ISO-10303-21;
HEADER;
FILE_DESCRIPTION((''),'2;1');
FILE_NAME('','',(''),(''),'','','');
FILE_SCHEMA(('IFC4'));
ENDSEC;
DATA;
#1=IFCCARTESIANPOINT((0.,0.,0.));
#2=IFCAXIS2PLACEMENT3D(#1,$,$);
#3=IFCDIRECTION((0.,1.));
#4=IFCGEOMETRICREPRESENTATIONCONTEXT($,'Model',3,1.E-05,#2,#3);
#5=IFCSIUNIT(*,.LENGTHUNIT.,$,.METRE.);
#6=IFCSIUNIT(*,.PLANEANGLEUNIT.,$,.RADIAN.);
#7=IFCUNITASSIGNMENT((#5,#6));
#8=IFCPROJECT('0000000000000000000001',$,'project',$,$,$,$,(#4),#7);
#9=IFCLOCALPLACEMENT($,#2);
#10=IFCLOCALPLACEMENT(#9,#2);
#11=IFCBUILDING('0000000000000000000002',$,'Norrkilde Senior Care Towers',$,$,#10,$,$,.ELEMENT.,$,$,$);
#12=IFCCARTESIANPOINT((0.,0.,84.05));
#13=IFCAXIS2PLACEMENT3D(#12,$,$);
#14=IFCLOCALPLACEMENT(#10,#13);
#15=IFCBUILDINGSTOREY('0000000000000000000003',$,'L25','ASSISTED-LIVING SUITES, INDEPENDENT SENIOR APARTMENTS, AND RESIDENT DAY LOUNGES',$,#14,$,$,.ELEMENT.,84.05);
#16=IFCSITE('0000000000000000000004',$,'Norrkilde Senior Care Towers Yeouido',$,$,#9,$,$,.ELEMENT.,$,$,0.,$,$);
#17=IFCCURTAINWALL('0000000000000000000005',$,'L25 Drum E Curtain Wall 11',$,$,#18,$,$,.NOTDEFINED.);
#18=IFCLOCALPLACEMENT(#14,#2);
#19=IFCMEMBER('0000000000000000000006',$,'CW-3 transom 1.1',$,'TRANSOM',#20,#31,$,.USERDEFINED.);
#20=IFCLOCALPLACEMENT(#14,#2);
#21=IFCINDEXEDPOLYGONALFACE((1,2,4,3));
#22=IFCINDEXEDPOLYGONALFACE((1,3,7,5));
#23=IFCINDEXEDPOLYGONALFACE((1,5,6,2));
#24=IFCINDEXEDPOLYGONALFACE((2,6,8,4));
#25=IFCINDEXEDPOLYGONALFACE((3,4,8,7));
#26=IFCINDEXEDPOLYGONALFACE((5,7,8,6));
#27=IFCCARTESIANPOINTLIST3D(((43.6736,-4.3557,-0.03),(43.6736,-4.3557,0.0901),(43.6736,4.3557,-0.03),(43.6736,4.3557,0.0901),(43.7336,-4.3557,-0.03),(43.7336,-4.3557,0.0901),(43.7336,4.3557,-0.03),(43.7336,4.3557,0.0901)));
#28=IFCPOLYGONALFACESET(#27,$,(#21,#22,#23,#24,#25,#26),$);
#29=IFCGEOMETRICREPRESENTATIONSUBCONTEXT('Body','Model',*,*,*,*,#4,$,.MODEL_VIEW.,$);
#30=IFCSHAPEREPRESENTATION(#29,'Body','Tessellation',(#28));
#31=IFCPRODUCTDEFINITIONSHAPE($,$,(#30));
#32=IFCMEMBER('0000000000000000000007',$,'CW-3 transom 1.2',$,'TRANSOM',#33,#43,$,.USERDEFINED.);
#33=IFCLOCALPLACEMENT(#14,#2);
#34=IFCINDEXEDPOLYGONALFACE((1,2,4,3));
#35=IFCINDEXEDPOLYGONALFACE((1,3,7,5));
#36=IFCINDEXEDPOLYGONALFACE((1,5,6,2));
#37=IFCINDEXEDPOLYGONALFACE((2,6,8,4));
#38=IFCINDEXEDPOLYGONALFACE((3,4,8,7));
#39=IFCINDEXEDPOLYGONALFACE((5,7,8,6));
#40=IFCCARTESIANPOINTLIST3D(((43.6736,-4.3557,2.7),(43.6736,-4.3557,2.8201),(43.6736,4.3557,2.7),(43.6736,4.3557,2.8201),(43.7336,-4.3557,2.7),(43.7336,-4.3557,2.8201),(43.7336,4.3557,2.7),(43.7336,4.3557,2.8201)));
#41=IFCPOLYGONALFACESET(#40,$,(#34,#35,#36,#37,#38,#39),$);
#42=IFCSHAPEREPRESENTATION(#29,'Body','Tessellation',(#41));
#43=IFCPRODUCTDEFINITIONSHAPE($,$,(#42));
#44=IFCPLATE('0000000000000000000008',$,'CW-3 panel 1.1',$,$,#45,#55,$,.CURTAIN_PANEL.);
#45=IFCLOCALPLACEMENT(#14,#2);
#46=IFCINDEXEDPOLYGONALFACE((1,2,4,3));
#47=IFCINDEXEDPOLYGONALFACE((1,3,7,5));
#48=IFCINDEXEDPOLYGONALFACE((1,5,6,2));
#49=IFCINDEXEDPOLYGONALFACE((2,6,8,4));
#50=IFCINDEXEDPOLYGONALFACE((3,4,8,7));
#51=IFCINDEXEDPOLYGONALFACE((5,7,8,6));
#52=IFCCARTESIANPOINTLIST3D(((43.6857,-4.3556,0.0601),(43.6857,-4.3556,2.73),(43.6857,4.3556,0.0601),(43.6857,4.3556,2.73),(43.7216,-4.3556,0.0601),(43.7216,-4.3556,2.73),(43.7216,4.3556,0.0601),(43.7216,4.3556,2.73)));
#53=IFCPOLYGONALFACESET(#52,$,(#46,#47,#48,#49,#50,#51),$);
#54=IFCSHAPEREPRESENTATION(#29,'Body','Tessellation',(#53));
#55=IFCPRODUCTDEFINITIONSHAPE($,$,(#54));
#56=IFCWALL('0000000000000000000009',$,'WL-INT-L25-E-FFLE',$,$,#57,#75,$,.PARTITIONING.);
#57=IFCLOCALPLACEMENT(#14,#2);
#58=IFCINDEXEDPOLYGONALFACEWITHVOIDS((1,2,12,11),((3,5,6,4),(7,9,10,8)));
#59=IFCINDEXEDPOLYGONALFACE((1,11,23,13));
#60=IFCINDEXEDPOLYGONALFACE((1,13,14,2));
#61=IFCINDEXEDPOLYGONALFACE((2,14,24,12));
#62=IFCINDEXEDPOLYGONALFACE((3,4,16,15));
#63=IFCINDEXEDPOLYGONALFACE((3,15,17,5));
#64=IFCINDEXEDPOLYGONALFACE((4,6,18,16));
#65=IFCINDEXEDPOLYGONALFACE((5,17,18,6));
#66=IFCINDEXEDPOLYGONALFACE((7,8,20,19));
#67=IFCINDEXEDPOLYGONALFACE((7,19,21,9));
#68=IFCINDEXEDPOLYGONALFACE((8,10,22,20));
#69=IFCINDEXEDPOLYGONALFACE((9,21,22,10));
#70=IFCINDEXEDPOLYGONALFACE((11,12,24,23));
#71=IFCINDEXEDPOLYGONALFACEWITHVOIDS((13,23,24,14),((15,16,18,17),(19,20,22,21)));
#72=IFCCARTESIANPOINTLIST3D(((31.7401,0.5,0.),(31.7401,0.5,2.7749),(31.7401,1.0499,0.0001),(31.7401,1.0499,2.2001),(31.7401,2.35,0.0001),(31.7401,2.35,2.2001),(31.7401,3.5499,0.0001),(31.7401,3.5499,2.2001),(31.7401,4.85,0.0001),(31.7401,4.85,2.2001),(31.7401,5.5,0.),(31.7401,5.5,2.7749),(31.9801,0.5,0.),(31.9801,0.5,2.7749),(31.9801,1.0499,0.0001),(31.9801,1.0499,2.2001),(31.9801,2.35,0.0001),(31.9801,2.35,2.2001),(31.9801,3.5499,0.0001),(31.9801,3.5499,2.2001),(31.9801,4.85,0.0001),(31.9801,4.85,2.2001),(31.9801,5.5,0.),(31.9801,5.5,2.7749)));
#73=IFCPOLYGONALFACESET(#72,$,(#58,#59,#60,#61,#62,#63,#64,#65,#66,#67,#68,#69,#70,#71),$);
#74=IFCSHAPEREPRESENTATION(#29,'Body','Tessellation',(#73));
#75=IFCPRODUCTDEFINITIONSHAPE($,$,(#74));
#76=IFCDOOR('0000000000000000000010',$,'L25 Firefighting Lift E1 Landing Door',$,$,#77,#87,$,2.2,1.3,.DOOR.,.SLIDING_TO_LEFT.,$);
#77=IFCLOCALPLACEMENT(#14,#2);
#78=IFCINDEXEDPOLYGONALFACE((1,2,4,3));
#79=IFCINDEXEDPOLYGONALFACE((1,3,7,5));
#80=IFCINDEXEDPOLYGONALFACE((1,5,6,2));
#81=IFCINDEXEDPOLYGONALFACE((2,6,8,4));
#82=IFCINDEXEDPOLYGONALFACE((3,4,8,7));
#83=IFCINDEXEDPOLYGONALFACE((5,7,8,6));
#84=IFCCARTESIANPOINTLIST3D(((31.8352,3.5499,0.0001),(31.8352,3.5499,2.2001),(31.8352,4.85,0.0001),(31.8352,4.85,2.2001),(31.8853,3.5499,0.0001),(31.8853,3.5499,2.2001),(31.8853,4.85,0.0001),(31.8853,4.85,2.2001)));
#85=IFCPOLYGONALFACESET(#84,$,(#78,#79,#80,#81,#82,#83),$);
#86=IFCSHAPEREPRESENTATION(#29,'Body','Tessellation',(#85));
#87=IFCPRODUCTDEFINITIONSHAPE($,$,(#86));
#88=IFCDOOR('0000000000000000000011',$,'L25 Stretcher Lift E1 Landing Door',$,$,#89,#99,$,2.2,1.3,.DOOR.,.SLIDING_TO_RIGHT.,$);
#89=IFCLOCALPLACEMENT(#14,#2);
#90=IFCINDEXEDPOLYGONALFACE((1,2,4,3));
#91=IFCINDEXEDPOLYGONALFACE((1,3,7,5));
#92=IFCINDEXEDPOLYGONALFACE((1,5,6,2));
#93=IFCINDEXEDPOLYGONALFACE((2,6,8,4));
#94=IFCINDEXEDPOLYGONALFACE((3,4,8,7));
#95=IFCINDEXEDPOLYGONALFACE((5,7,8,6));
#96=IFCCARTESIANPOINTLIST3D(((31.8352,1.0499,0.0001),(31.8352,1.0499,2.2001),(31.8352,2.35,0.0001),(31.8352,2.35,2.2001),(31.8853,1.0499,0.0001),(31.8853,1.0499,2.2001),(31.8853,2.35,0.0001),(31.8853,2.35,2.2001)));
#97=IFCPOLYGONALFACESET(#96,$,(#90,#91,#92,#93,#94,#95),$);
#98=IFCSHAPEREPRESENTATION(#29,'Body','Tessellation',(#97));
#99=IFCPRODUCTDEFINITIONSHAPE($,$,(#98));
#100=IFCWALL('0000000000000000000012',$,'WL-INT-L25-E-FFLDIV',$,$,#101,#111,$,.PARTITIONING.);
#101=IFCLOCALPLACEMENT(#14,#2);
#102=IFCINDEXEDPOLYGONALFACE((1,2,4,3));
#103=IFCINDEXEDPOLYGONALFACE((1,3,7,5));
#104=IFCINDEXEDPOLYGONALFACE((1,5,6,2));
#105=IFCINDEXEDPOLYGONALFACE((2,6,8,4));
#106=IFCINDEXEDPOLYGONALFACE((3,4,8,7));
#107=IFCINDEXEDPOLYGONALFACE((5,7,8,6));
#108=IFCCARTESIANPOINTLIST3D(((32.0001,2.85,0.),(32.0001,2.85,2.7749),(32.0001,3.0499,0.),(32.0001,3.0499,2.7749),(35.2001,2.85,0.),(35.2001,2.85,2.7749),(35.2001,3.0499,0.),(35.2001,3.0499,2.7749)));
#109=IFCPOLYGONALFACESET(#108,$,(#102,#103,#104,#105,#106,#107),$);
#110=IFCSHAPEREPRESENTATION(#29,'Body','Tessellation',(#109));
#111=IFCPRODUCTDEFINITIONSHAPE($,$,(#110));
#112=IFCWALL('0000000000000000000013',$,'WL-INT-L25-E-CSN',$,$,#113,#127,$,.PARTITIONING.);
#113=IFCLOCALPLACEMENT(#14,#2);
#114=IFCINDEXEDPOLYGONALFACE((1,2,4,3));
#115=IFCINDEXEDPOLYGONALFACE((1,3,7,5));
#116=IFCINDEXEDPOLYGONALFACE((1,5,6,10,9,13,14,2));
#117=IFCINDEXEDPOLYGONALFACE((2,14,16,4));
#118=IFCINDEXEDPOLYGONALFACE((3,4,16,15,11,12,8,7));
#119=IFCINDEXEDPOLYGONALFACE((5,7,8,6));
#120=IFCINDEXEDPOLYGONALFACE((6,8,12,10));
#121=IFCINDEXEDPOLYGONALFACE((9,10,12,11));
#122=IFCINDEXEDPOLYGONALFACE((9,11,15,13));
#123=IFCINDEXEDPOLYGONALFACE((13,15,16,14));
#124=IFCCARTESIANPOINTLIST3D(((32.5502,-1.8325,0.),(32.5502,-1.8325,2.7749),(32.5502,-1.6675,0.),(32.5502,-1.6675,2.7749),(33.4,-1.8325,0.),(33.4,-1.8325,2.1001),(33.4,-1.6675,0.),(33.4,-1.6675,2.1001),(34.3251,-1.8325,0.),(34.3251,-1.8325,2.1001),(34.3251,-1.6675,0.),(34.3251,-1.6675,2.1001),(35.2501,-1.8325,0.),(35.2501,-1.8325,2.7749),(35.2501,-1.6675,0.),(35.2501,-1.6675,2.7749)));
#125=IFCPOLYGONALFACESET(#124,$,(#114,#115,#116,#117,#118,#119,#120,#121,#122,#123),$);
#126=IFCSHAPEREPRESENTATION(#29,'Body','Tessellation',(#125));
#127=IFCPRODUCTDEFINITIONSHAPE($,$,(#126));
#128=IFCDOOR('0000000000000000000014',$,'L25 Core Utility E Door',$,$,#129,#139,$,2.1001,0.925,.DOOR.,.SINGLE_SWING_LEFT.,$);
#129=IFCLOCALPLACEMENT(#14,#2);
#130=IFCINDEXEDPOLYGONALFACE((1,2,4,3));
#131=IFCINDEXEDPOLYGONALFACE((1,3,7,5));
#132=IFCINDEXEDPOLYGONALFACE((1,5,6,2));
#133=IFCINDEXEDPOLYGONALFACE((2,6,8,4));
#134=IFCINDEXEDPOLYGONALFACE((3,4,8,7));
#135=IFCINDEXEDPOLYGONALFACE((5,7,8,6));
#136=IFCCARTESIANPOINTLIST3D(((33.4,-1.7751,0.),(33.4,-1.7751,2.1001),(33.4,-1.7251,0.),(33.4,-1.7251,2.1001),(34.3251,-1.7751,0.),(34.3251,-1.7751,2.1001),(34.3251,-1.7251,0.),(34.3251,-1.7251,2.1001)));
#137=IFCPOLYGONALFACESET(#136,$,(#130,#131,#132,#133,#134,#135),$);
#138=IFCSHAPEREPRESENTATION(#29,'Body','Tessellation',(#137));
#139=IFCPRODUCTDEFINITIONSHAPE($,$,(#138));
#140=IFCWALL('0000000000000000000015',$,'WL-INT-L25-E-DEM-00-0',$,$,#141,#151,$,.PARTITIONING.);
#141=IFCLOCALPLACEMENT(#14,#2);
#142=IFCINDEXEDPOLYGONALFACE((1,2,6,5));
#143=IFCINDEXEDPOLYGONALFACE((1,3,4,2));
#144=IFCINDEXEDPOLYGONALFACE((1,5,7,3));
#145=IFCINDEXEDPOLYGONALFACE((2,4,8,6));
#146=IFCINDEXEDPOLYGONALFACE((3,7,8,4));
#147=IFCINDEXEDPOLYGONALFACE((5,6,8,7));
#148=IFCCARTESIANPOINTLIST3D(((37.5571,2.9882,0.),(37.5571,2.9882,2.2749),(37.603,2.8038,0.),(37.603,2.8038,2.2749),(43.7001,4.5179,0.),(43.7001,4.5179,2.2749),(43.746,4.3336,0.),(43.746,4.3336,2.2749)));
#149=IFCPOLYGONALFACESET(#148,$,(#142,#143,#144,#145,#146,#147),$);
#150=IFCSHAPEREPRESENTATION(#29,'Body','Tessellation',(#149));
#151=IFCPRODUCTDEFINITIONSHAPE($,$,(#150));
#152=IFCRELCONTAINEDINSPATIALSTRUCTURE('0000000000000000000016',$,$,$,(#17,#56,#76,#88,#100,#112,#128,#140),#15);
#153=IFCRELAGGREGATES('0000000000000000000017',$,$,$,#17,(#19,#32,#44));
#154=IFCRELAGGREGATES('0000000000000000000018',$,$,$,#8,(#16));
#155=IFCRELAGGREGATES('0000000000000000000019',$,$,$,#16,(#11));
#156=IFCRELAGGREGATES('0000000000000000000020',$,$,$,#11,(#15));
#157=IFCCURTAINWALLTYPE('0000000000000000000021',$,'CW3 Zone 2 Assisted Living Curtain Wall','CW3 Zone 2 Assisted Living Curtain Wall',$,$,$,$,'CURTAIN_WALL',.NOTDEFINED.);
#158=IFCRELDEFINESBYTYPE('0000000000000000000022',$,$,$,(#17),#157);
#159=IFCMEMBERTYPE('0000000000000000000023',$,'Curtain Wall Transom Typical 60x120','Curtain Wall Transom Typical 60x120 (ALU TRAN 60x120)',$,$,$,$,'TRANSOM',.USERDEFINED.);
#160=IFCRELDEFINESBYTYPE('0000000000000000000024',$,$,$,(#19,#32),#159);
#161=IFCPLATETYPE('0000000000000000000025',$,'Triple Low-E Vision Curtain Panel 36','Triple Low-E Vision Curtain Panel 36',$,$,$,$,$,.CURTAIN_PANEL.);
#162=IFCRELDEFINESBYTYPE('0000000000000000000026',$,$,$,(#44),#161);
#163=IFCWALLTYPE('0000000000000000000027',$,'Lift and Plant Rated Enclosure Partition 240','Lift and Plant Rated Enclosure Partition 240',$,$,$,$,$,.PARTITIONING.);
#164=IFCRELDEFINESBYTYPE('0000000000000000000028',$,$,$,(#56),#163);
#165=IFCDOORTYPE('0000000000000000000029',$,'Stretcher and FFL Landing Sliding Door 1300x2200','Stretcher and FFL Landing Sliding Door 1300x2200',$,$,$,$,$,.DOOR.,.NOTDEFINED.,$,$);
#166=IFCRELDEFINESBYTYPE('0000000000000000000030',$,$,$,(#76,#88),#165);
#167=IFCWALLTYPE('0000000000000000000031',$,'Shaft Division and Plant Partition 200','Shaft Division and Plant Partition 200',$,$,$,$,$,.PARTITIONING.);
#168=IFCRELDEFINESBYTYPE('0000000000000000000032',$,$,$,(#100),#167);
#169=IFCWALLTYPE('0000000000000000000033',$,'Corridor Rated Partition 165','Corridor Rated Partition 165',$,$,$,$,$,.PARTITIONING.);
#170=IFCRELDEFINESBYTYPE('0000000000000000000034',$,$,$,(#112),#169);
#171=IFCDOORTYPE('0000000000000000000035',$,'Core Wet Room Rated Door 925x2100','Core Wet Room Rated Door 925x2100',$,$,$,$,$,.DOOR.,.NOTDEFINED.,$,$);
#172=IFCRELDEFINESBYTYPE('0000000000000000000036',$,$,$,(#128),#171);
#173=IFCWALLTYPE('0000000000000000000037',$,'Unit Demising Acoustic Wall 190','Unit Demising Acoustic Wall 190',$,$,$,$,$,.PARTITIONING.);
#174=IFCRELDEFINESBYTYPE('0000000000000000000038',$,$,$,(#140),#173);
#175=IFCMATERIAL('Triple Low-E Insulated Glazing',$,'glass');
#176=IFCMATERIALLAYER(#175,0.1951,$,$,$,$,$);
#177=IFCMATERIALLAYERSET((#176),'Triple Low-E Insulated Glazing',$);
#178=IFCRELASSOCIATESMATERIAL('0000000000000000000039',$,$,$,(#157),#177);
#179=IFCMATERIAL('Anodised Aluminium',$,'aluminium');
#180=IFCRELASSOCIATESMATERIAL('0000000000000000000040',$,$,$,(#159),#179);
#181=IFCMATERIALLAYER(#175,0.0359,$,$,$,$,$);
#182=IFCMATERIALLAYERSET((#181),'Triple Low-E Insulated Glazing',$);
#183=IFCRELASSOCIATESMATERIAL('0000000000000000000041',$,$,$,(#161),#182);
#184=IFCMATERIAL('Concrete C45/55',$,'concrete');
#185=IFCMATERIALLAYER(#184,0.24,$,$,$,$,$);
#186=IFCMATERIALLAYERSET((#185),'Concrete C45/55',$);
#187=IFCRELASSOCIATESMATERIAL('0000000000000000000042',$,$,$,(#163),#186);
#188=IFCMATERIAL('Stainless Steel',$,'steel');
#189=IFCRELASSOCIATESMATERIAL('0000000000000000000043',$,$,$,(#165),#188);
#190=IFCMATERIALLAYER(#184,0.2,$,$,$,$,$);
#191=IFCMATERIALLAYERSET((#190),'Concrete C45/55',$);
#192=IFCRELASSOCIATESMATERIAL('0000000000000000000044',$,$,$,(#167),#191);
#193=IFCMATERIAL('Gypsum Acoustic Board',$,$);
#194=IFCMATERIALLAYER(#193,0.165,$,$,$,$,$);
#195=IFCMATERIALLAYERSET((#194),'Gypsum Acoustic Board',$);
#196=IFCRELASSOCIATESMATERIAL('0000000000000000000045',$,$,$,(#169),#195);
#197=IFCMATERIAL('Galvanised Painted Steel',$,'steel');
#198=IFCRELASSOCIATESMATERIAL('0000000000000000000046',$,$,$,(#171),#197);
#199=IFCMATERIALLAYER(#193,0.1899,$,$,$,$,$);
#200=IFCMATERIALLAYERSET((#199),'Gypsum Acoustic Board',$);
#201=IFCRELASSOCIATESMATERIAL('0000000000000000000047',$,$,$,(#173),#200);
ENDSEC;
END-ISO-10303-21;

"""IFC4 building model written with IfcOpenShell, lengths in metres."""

from ifc_helpers import new_model, si_unit, direction, frame, frame_2d, origin, origin_2d, place, context, subcontext, project, spatial, rectangle, extrude, source, transform, mapped, material, layer, layer_set, material_profile, profile_set, type_object, type_shapes, element, fill, aggregate, save


model = new_model("IFC4")

# Units and contexts
model_context = context("Model", 3, precision=1e-05, world=origin(), true_north=direction((0.0, 1.0)))
body_context = subcontext(model_context, "Body", "Model", "MODEL_VIEW")
ifc_project = project(units=[si_unit("LENGTHUNIT", "METRE"), si_unit("PLANEANGLEUNIT", "RADIAN")], contexts=[model_context])

# Site, building, storey
site_placement = place(None, origin())
site = spatial("IfcSite", under=ifc_project, at=site_placement, Name="Norrkilde Senior Care Towers Yeouido", CompositionType="ELEMENT", RefElevation=0.0)
building_placement = place(site_placement, origin())
building = spatial("IfcBuilding", under=site, at=building_placement, Name="Norrkilde Senior Care Towers", CompositionType="ELEMENT")
storey_placement = place(building_placement, frame((0.0, 0.0, 84.05)))
storey = spatial("IfcBuildingStorey", under=building, at=storey_placement, Name="L25", Description="ASSISTED-LIVING SUITES, INDEPENDENT SENIOR APARTMENTS, AND RESIDENT DAY LOUNGES", CompositionType="ELEMENT", Elevation=84.05)

# Shared definitions
ifc_material_1 = material(Name="Triple Low-E Insulated Glazing", Category="glass")
ifc_layer_1 = layer(ifc_material_1, 0.1951)
ifc_layer_set_1 = layer_set([ifc_layer_1], Name="Triple Low-E Insulated Glazing")
curtain_wall_type = type_object("IfcCurtainWallType", Name="CW3 Zone 2 Assisted Living Curtain Wall", Description="CW3 Zone 2 Assisted Living Curtain Wall", ElementType="CURTAIN_WALL", PredefinedType="NOTDEFINED", material=ifc_layer_set_1)
ifc_material_2 = material(Name="Anodised Aluminium", Category="aluminium")

# Curtain wall, members, plate
curtain_wall_1_placement = place(storey_placement, origin())
curtain_wall_1 = element("IfcCurtainWall", 1, at=curtain_wall_1_placement, inside=storey, type_object=curtain_wall_type, Name="L25 Drum E Curtain Wall 11", PredefinedType="NOTDEFINED")
ifc_material_profile_1 = material_profile(ifc_material_2, rectangle(XDim=0.0601, YDim=0.1201, at=origin_2d()), Name="ALU TRAN 60x120")
ifc_profile_set_1 = profile_set([ifc_material_profile_1], Name="Anodised Aluminium")
member_type_1 = type_object("IfcMemberType", Name="Curtain Wall Transom Typical 60x120", Description="Curtain Wall Transom Typical 60x120 (ALU TRAN 60x120)", ElementType="TRANSOM", PredefinedType="USERDEFINED", material=ifc_profile_set_1)
shared_shape_1 = source(origin(), body_context, "Body", "SweptSolid", [
    extrude(rectangle(XDim=0.0601, YDim=0.1201, at=origin_2d()), origin(), (0.0, 0.0, 1.0), 8.7114),
])
type_shapes(member_type_1, [shared_shape_1])
member_1_placement = place(storey_placement, frame((43.7036, 4.3557, 0.03), z_axis=(0.0, -1.0, 0.0), x_axis=(1.0, 0.0, 0.0)))
member_1 = element("IfcMember", 2, at=member_1_placement, type_object=member_type_1, Name="CW-3 transom 1.1", ObjectType="TRANSOM", PredefinedType="USERDEFINED", context=body_context, shape_type="MappedRepresentation", body=[
    mapped(shared_shape_1, transform((0.0, 0.0, 0.0), x_axis=(1.0, 0.0, 0.0), y_axis=(0.0, 1.0, 0.0), z_axis=(0.0, 0.0, 1.0), scale=1.0)),
])
member_2_placement = place(storey_placement, frame((43.7036, 4.3557, 2.76), z_axis=(0.0, -1.0, 0.0), x_axis=(1.0, 0.0, 0.0)))
member_2 = element("IfcMember", 3, at=member_2_placement, type_object=member_type_1, Name="CW-3 transom 1.2", ObjectType="TRANSOM", PredefinedType="USERDEFINED", context=body_context, shape_type="MappedRepresentation", body=[
    mapped(shared_shape_1, transform((0.0, 0.0, 0.0), x_axis=(1.0, 0.0, 0.0), y_axis=(0.0, 1.0, 0.0), z_axis=(0.0, 0.0, 1.0), scale=1.0)),
])
ifc_layer_2 = layer(ifc_material_1, 0.0359)
ifc_layer_set_2 = layer_set([ifc_layer_2], Name="Triple Low-E Insulated Glazing")
plate_type = type_object("IfcPlateType", Name="Triple Low-E Vision Curtain Panel 36", Description="Triple Low-E Vision Curtain Panel 36", PredefinedType="CURTAIN_PANEL", material=ifc_layer_set_2)
shared_shape_2 = source(origin(), body_context, "Body", "SweptSolid", [
    extrude(rectangle(XDim=8.7112, YDim=0.0359, at=origin_2d()), origin(), (0.0, 0.0, 1.0), 2.6699),
])
type_shapes(plate_type, [shared_shape_2])
plate_placement = place(storey_placement, frame((43.7036, 0.0, 0.0601), z_axis=(0.0, 0.0, 1.0), x_axis=(0.0, -1.0, 0.0)))
plate = element("IfcPlate", 4, at=plate_placement, type_object=plate_type, Name="CW-3 panel 1.1", PredefinedType="CURTAIN_PANEL", context=body_context, shape_type="MappedRepresentation", body=[
    mapped(shared_shape_2, transform((0.0, 0.0, 0.0), x_axis=(1.0, 0.0, 0.0), y_axis=(0.0, 1.0, 0.0), z_axis=(0.0, 0.0, 1.0), scale=1.0)),
])
aggregate(curtain_wall_1, [member_1, member_2, plate])

# Shared definitions
ifc_material_3 = material(Name="Galvanised Painted Steel", Category="steel")

# Wall, openings, doors
ifc_material_4 = material(Name="Concrete C45/55", Category="concrete")
ifc_layer_3 = layer(ifc_material_4, 0.24)
ifc_layer_set_3 = layer_set([ifc_layer_3], Name="Concrete C45/55")
wall_type_1 = type_object("IfcWallType", Name="Lift and Plant Rated Enclosure Partition 240", Description="Lift and Plant Rated Enclosure Partition 240", PredefinedType="PARTITIONING", material=ifc_layer_set_3)
shared_shape_3 = source(origin(), body_context, "Body", "SweptSolid", [
    extrude(rectangle(XDim=5.0, YDim=0.24, at=frame_2d((2.5, 0.0))), origin(), (0.0, 0.0, 1.0), 2.7749),
])
type_shapes(wall_type_1, [shared_shape_3])
wall_1_placement = place(storey_placement, frame((31.8601, 0.5, 0.0), z_axis=(0.0, 0.0, 1.0), x_axis=(0.0, 1.0, 0.0)))
wall_1 = element("IfcWall", 5, at=wall_1_placement, inside=storey, type_object=wall_type_1, Name="WL-INT-L25-E-FFLE", PredefinedType="PARTITIONING", context=body_context, shape_type="MappedRepresentation", body=[
    mapped(shared_shape_3, transform((0.0, 0.0, 0.0), x_axis=(1.0, 0.0, 0.0), y_axis=(0.0, 1.0, 0.0), z_axis=(0.0, 0.0, 1.0), scale=1.0)),
])
opening_1_placement = place(wall_1_placement, frame((3.05, 0.0, 0.0)))
opening_1 = element("IfcOpeningElement", 6, at=opening_1_placement, cuts=wall_1, PredefinedType="OPENING", context=body_context, shape_type="SweptSolid", body=[
    extrude(rectangle(XDim=1.3, YDim=2.2, at=frame_2d((0.6499, 1.1001))), frame((0.0, 0.1299, 0.0), z_axis=(0.0, -1.0, 0.0), x_axis=(1.0, 0.0, 0.0)), (0.0, 0.0, 1.0), 0.26),
])
opening_2_placement = place(wall_1_placement, frame((0.55, 0.0, 0.0)))
opening_2 = element("IfcOpeningElement", 7, at=opening_2_placement, cuts=wall_1, PredefinedType="OPENING", context=body_context, shape_type="SweptSolid", body=[
    extrude(rectangle(XDim=1.3, YDim=2.2, at=frame_2d((0.6499, 1.1001))), frame((0.0, 0.1299, 0.0), z_axis=(0.0, -1.0, 0.0), x_axis=(1.0, 0.0, 0.0)), (0.0, 0.0, 1.0), 0.26),
])
ifc_material_5 = material(Name="Stainless Steel", Category="steel")
door_type_1 = type_object("IfcDoorType", Name="Stretcher and FFL Landing Sliding Door 1300x2200", Description="Stretcher and FFL Landing Sliding Door 1300x2200", OperationType="NOTDEFINED", PredefinedType="DOOR", material=ifc_material_5)
shared_shape_4 = source(origin(), body_context, "Body", "SweptSolid", [
    extrude(rectangle(XDim=1.3, YDim=2.2, at=frame_2d((0.6499, 1.1001))), frame((0.0, 0.0249, 0.0), z_axis=(0.0, -1.0, 0.0), x_axis=(1.0, 0.0, 0.0)), (0.0, 0.0, 1.0), 0.05),
])
type_shapes(door_type_1, [shared_shape_4])
door_1_placement = place(opening_1_placement, origin())
door_1 = element("IfcDoor", 8, at=door_1_placement, inside=storey, type_object=door_type_1, Name="L25 Firefighting Lift E1 Landing Door", OperationType="SLIDING_TO_LEFT", OverallHeight=2.2, OverallWidth=1.3, PredefinedType="DOOR", context=body_context, shape_type="MappedRepresentation", body=[
    mapped(shared_shape_4, transform((0.0, 0.0, 0.0), x_axis=(1.0, 0.0, 0.0), y_axis=(0.0, 1.0, 0.0), z_axis=(0.0, 0.0, 1.0), scale=1.0)),
])
fill(opening_1, door_1)
door_2_placement = place(opening_2_placement, origin())
door_2 = element("IfcDoor", 9, at=door_2_placement, inside=storey, type_object=door_type_1, Name="L25 Stretcher Lift E1 Landing Door", OperationType="SLIDING_TO_RIGHT", OverallHeight=2.2, OverallWidth=1.3, PredefinedType="DOOR", context=body_context, shape_type="MappedRepresentation", body=[
    mapped(shared_shape_4, transform((0.0, 0.0, 0.0), x_axis=(1.0, 0.0, 0.0), y_axis=(0.0, 1.0, 0.0), z_axis=(0.0, 0.0, 1.0), scale=1.0)),
])
fill(opening_2, door_2)

# Wall
ifc_layer_4 = layer(ifc_material_4, 0.2)
ifc_layer_set_4 = layer_set([ifc_layer_4], Name="Concrete C45/55")
wall_type_2 = type_object("IfcWallType", Name="Shaft Division and Plant Partition 200", Description="Shaft Division and Plant Partition 200", PredefinedType="PARTITIONING", material=ifc_layer_set_4)
shared_shape_5 = source(origin(), body_context, "Body", "SweptSolid", [
    extrude(rectangle(XDim=3.2, YDim=0.2, at=frame_2d((1.6001, 0.0))), origin(), (0.0, 0.0, 1.0), 2.7749),
])
type_shapes(wall_type_2, [shared_shape_5])
wall_2_placement = place(storey_placement, frame((32.0, 2.95, 0.0), z_axis=(0.0, 0.0, 1.0), x_axis=(1.0, 0.0, 0.0)))
element("IfcWall", 10, at=wall_2_placement, inside=storey, type_object=wall_type_2, Name="WL-INT-L25-E-FFLDIV", PredefinedType="PARTITIONING", context=body_context, shape_type="MappedRepresentation", body=[
    mapped(shared_shape_5, transform((0.0, 0.0, 0.0), x_axis=(1.0, 0.0, 0.0), y_axis=(0.0, 1.0, 0.0), z_axis=(0.0, 0.0, 1.0), scale=1.0)),
])

# Wall, opening, door
ifc_material_6 = material(Name="Gypsum Acoustic Board")
ifc_layer_5 = layer(ifc_material_6, 0.165)
ifc_layer_set_5 = layer_set([ifc_layer_5], Name="Gypsum Acoustic Board")
wall_type_3 = type_object("IfcWallType", Name="Corridor Rated Partition 165", Description="Corridor Rated Partition 165", PredefinedType="PARTITIONING", material=ifc_layer_set_5)
shared_shape_6 = source(origin(), body_context, "Body", "SweptSolid", [
    extrude(rectangle(XDim=2.7, YDim=0.165, at=frame_2d((1.3501, 0.0))), origin(), (0.0, 0.0, 1.0), 2.7749),
])
type_shapes(wall_type_3, [shared_shape_6])
wall_3_placement = place(storey_placement, frame((32.55, -1.75, 0.0), z_axis=(0.0, 0.0, 1.0), x_axis=(1.0, 0.0, 0.0)))
wall_3 = element("IfcWall", 11, at=wall_3_placement, inside=storey, type_object=wall_type_3, Name="WL-INT-L25-E-CSN", PredefinedType="PARTITIONING", context=body_context, shape_type="MappedRepresentation", body=[
    mapped(shared_shape_6, transform((0.0, 0.0, 0.0), x_axis=(1.0, 0.0, 0.0), y_axis=(0.0, 1.0, 0.0), z_axis=(0.0, 0.0, 1.0), scale=1.0)),
])
opening_3_placement = place(wall_3_placement, frame((0.8501, 0.0, 0.0)))
opening_3 = element("IfcOpeningElement", 12, at=opening_3_placement, cuts=wall_3, PredefinedType="OPENING", context=body_context, shape_type="SweptSolid", body=[
    extrude(rectangle(XDim=0.925, YDim=2.1001, at=frame_2d((0.4624, 1.05))), frame((0.0, 0.0925, 0.0), z_axis=(0.0, -1.0, 0.0), x_axis=(1.0, 0.0, 0.0)), (0.0, 0.0, 1.0), 0.1851),
])
door_type_2 = type_object("IfcDoorType", Name="Core Wet Room Rated Door 925x2100", Description="Core Wet Room Rated Door 925x2100", OperationType="NOTDEFINED", PredefinedType="DOOR", material=ifc_material_3)
shared_shape_7 = source(origin(), body_context, "Body", "SweptSolid", [
    extrude(rectangle(XDim=0.925, YDim=2.1001, at=frame_2d((0.4624, 1.05))), frame((0.0, 0.0249, 0.0), z_axis=(0.0, -1.0, 0.0), x_axis=(1.0, 0.0, 0.0)), (0.0, 0.0, 1.0), 0.05),
])
type_shapes(door_type_2, [shared_shape_7])
door_3_placement = place(opening_3_placement, origin())
door_3 = element("IfcDoor", 13, at=door_3_placement, inside=storey, type_object=door_type_2, Name="L25 Core Utility E Door", OperationType="SINGLE_SWING_LEFT", OverallHeight=2.1001, OverallWidth=0.925, PredefinedType="DOOR", context=body_context, shape_type="MappedRepresentation", body=[
    mapped(shared_shape_7, transform((0.0, 0.0, 0.0), x_axis=(1.0, 0.0, 0.0), y_axis=(0.0, 1.0, 0.0), z_axis=(0.0, 0.0, 1.0), scale=1.0)),
])
fill(opening_3, door_3)

# Wall
ifc_layer_6 = layer(ifc_material_6, 0.1899)
ifc_layer_set_6 = layer_set([ifc_layer_6], Name="Gypsum Acoustic Board")
wall_type_4 = type_object("IfcWallType", Name="Unit Demising Acoustic Wall 190", Description="Unit Demising Acoustic Wall 190", PredefinedType="PARTITIONING", material=ifc_layer_set_6)
shared_shape_8 = source(origin(), body_context, "Body", "SweptSolid", [
    extrude(rectangle(XDim=6.3306, YDim=0.1899, at=frame_2d((3.1653, 0.0))), origin(), (0.0, 0.0, 1.0), 2.2749),
])
type_shapes(wall_type_4, [shared_shape_8])
wall_4_placement = place(storey_placement, frame((37.5801, 2.896, 0.0), z_axis=(0.0, 0.0, 1.0), x_axis=(0.970364, 0.241646, 0.0)))
element("IfcWall", 14, at=wall_4_placement, inside=storey, type_object=wall_type_4, Name="WL-INT-L25-E-DEM-00-0", PredefinedType="PARTITIONING", context=body_context, shape_type="MappedRepresentation", body=[
    mapped(shared_shape_8, transform((0.0, 0.0, 0.0), x_axis=(1.0, 0.0, 0.0), y_axis=(0.0, 1.0, 0.0), z_axis=(0.0, 0.0, 1.0), scale=1.0)),
])

save(model, "model.ifc")
